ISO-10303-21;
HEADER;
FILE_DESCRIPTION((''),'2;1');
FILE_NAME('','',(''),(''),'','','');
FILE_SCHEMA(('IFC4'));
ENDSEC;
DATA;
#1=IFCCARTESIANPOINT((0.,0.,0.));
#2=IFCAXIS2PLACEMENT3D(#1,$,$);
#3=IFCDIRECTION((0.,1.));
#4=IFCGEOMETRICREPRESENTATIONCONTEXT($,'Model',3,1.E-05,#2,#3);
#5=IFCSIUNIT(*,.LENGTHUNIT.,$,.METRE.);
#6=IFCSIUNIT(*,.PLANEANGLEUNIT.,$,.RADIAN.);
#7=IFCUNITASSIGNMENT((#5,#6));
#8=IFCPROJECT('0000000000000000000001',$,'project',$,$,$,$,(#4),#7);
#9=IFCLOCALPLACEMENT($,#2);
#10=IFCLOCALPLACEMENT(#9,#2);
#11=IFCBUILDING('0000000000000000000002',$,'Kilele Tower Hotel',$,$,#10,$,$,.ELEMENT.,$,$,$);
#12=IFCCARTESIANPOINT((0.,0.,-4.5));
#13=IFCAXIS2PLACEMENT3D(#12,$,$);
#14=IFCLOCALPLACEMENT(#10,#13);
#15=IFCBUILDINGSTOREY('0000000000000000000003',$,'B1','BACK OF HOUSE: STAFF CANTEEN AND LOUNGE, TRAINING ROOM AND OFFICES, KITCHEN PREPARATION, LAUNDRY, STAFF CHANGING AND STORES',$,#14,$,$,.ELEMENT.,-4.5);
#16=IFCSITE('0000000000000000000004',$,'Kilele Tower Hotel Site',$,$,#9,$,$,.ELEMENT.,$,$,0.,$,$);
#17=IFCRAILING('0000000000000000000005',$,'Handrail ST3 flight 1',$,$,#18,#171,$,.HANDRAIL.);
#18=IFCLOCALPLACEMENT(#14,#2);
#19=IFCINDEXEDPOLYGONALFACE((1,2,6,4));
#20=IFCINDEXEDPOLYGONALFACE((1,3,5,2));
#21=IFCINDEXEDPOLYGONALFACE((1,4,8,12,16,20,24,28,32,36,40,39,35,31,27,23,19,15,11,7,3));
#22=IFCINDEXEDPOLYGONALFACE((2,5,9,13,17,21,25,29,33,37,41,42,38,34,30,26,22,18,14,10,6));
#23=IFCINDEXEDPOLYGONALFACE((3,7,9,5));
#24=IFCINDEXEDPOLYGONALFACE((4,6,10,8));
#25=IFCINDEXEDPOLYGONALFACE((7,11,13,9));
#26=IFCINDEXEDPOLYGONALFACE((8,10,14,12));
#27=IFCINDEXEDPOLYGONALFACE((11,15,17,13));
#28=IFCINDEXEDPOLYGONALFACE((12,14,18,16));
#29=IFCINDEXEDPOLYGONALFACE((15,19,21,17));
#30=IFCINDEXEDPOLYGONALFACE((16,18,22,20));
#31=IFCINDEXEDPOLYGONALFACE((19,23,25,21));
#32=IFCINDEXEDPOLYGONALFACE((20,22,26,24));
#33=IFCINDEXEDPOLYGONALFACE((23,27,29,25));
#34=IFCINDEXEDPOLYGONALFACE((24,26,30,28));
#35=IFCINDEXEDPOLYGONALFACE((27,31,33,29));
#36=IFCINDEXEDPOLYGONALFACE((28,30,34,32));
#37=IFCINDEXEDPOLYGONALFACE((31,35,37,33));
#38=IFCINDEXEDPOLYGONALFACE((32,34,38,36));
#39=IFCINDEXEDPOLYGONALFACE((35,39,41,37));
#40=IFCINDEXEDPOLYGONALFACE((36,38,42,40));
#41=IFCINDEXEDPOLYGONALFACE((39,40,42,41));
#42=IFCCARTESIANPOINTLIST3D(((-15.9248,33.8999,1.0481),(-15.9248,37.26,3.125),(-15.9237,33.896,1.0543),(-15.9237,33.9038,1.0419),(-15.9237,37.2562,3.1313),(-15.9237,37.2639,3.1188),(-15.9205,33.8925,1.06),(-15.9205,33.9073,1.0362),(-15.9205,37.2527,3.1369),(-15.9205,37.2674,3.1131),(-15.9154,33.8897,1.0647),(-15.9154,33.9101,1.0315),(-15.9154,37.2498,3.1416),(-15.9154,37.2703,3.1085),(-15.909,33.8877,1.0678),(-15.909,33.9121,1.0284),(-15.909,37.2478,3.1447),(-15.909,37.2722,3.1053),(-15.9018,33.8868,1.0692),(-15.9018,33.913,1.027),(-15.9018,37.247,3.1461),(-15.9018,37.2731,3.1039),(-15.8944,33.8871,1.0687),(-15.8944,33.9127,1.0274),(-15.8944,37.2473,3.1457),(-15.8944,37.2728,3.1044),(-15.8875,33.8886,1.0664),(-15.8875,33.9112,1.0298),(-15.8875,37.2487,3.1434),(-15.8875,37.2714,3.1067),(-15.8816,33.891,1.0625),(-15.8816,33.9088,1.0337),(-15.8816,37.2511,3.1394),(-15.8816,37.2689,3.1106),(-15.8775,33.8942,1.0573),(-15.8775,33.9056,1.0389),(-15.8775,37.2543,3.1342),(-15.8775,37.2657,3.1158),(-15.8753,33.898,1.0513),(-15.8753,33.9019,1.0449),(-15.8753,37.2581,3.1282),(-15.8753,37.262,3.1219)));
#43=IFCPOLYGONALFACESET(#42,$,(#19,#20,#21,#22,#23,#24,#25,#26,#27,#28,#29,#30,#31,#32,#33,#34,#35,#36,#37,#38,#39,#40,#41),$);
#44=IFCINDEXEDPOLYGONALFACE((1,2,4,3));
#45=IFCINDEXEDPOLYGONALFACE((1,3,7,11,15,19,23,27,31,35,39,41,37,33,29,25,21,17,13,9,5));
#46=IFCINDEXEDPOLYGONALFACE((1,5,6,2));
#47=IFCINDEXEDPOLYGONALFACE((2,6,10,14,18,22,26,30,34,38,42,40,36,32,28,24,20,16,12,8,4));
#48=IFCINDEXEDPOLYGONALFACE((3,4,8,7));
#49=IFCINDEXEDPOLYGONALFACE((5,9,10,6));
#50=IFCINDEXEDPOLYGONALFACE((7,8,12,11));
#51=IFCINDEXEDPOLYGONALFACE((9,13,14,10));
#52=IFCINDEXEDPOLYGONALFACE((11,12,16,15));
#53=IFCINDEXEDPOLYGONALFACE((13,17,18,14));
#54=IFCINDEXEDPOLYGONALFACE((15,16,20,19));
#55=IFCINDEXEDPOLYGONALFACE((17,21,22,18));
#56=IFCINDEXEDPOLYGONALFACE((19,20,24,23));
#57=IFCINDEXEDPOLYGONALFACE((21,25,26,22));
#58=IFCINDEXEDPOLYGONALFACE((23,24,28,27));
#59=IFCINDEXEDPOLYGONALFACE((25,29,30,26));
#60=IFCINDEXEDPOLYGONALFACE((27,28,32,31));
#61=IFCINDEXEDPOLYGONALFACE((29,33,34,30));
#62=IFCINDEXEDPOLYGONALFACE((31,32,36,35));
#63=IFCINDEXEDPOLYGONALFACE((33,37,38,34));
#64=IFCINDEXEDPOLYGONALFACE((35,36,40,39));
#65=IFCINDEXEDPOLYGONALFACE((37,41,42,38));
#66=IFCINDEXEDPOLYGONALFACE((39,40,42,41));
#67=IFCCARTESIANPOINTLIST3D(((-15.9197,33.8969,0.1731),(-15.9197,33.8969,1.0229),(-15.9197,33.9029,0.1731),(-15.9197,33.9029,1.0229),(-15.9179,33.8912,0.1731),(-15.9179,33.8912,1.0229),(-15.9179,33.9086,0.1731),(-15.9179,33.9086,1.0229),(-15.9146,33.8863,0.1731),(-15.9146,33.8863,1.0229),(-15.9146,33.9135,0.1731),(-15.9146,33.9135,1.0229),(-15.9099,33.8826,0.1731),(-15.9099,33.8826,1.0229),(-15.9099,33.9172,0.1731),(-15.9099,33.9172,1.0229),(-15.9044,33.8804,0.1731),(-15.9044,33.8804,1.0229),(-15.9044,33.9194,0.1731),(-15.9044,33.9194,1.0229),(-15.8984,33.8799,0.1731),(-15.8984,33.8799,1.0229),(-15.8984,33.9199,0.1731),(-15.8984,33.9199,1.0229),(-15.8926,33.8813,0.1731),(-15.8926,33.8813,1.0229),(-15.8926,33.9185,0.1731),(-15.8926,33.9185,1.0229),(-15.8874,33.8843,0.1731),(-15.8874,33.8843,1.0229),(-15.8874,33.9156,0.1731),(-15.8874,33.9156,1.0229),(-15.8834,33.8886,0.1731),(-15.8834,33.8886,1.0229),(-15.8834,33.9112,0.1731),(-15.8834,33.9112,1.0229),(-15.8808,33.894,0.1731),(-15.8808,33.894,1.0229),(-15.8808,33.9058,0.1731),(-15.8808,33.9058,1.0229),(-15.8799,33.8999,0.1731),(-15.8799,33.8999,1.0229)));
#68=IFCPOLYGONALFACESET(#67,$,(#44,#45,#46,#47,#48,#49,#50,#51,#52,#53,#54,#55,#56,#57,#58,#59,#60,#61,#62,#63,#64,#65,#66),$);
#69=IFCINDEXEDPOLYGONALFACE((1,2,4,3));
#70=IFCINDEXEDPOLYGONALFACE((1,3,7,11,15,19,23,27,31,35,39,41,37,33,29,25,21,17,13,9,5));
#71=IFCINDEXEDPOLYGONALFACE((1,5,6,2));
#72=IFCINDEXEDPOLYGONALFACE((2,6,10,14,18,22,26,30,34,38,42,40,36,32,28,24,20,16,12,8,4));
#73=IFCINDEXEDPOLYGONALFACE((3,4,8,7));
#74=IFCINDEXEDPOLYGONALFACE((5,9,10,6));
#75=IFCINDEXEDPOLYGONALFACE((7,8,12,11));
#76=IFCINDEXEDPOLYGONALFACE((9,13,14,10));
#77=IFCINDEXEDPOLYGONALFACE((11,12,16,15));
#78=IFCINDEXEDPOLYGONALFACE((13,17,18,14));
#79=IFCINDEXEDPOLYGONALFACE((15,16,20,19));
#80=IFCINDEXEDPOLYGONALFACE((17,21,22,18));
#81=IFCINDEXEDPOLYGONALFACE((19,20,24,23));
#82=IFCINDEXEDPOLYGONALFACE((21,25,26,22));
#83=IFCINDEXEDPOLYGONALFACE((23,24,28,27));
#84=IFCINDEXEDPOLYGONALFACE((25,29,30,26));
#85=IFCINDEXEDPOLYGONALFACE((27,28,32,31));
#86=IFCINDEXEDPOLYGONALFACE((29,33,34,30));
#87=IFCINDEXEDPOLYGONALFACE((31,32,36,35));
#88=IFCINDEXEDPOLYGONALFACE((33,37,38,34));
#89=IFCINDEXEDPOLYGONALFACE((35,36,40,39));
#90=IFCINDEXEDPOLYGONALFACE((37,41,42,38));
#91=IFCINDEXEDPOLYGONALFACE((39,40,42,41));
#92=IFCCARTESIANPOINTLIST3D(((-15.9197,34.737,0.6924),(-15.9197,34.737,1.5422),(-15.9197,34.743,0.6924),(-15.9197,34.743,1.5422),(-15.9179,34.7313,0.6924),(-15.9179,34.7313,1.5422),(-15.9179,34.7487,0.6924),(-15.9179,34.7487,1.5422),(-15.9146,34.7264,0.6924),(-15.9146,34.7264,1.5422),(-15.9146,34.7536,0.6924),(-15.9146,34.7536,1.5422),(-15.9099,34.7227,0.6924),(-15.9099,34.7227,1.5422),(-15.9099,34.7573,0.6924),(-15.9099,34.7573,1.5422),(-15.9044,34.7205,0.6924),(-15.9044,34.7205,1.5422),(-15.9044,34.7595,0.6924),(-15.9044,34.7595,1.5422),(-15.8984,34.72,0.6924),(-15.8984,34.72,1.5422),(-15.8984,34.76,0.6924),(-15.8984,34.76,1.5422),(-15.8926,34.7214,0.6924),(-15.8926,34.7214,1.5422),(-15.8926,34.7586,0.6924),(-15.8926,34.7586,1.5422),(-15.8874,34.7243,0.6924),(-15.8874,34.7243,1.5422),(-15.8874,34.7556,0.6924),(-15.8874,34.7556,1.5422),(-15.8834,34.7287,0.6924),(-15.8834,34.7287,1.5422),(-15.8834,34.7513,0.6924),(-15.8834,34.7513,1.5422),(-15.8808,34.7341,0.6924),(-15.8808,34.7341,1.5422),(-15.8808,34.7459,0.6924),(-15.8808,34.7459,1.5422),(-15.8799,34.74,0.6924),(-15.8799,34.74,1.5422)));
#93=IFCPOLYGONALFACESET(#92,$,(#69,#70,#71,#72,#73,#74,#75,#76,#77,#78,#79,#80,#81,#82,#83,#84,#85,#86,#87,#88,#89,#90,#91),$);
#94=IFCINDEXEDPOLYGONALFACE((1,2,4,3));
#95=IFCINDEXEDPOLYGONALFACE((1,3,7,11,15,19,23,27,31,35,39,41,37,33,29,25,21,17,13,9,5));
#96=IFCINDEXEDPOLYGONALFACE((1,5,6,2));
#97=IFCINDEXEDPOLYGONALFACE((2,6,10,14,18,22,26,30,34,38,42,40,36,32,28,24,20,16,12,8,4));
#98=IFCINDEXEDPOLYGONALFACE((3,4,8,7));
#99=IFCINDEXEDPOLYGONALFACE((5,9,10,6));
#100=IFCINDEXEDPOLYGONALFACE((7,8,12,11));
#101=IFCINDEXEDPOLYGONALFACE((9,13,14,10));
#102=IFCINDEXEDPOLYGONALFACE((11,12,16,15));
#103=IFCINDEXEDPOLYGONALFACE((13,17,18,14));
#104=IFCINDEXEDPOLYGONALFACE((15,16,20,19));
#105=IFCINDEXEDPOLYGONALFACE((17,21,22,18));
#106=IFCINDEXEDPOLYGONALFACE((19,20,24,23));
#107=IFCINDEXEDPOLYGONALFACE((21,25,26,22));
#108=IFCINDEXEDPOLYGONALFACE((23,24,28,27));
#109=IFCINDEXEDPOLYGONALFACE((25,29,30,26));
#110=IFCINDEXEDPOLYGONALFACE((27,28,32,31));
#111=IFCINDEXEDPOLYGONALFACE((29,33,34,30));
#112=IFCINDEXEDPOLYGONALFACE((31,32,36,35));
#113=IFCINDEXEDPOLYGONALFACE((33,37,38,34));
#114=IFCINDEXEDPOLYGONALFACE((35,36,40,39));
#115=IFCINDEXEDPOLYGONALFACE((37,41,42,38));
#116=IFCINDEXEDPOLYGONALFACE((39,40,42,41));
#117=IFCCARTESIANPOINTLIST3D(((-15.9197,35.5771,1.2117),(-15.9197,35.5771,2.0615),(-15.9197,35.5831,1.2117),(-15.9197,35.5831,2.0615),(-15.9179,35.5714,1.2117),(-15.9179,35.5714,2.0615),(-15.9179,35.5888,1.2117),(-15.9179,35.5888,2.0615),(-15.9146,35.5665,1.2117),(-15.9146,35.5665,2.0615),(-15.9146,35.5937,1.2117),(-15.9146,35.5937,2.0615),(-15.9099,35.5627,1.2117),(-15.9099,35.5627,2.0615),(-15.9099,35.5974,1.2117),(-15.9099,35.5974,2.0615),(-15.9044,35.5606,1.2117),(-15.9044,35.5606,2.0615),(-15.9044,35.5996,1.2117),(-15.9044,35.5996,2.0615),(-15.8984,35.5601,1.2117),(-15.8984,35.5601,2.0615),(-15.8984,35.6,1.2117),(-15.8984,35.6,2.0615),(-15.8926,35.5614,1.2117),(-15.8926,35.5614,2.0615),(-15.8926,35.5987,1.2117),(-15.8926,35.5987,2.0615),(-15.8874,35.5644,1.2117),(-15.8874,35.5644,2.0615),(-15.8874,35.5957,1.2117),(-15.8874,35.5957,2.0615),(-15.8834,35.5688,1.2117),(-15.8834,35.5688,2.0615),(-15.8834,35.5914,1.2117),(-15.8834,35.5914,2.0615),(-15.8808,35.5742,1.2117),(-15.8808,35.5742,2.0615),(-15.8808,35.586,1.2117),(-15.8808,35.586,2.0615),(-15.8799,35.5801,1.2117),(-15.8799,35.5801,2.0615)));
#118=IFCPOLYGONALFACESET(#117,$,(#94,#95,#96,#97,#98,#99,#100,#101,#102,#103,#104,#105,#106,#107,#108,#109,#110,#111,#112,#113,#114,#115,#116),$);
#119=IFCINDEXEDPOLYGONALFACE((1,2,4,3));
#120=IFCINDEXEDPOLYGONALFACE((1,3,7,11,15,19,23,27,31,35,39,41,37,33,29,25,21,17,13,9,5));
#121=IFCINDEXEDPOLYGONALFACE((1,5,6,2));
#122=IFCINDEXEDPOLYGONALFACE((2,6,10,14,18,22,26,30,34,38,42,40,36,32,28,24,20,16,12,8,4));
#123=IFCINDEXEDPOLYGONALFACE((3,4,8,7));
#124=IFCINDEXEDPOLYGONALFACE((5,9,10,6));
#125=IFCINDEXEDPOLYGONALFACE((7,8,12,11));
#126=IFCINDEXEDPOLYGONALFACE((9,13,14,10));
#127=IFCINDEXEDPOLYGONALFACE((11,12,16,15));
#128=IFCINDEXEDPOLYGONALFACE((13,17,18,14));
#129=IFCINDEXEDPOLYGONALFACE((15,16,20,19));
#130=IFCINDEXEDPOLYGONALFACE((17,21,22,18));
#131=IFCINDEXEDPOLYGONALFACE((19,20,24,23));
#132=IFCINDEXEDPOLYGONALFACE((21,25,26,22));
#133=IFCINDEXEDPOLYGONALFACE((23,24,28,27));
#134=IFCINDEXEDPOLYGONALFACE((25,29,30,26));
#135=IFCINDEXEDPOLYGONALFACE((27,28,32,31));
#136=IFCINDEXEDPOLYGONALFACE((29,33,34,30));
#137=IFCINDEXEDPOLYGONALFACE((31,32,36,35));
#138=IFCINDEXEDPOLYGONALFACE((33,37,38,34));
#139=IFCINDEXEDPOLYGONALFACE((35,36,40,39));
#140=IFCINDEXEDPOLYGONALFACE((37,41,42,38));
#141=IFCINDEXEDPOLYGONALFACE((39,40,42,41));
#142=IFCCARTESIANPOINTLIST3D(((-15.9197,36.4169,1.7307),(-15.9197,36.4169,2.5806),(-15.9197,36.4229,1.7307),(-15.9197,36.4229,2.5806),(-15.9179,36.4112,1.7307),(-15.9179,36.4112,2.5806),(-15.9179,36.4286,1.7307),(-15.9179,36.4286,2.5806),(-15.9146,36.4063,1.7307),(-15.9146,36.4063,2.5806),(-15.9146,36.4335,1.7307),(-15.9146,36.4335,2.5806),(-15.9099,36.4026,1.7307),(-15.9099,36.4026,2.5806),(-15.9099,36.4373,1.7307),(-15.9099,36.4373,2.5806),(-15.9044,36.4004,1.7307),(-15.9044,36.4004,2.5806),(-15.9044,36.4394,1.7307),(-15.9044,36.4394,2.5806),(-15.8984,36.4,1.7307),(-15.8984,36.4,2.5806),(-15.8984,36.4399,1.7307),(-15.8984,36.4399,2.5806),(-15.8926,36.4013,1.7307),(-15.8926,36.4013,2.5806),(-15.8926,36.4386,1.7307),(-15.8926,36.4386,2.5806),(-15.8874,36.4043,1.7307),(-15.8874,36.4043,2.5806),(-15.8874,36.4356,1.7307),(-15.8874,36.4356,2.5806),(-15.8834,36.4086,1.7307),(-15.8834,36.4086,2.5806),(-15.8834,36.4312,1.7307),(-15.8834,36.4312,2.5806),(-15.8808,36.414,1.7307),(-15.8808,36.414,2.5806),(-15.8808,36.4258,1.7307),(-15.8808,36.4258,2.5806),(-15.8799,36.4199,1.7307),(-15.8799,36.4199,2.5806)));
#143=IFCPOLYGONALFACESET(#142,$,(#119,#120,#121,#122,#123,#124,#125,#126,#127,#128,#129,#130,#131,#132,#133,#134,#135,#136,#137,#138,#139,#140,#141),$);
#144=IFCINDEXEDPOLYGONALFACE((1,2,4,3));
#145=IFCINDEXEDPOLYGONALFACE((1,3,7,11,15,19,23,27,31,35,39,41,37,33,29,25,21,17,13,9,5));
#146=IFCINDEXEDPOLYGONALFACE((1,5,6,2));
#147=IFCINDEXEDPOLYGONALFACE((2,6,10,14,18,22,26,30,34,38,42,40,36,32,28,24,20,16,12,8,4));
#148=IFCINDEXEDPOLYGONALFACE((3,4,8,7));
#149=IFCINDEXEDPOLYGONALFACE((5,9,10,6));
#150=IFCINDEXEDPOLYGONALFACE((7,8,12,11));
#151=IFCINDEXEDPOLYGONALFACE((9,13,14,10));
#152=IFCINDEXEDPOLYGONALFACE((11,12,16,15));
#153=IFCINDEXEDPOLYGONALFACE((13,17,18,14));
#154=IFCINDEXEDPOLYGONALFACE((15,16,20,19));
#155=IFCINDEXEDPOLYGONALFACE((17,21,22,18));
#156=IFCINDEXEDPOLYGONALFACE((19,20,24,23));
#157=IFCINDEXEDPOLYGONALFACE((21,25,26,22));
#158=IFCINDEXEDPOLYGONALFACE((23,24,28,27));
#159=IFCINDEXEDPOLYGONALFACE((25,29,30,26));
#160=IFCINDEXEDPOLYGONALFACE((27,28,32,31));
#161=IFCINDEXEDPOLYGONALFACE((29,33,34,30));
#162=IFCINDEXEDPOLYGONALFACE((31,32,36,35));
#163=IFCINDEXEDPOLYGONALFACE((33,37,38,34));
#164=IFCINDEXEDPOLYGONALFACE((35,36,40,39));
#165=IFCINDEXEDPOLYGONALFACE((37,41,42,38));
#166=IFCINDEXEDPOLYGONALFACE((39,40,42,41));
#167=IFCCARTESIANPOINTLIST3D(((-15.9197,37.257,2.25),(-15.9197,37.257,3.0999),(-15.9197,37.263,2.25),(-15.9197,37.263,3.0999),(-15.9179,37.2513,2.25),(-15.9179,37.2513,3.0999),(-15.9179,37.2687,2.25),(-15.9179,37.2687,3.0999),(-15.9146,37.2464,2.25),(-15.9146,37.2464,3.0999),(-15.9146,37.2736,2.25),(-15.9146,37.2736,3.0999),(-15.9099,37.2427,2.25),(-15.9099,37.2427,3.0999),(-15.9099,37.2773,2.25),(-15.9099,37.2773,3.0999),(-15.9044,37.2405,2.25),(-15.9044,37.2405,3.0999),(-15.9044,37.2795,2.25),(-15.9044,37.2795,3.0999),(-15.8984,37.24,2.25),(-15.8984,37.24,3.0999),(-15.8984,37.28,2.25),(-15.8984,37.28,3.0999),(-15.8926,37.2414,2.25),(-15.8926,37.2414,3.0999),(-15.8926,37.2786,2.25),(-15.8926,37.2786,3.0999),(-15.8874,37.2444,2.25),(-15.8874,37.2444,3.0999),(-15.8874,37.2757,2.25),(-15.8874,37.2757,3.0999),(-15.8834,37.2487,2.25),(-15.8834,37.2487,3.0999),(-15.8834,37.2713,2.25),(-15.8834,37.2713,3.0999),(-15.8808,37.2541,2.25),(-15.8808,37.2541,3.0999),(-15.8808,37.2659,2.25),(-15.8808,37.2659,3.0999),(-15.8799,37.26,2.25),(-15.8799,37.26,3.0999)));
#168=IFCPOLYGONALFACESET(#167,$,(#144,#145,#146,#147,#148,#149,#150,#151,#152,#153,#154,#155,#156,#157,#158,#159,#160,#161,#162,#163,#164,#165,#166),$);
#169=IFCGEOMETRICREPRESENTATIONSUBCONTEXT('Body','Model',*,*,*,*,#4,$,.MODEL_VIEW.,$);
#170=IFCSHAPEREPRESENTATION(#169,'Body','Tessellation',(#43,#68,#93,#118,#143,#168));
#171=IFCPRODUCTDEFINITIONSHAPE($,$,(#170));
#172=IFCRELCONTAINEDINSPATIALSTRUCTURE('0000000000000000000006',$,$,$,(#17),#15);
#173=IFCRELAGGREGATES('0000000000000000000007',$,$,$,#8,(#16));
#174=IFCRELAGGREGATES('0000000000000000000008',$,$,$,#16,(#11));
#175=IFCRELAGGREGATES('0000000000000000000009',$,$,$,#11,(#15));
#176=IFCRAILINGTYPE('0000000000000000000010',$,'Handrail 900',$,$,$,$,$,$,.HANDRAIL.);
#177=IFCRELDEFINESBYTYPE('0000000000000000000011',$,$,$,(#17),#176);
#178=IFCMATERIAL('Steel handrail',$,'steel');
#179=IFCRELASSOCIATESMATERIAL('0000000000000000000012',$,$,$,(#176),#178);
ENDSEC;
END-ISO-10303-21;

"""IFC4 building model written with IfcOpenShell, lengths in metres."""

from ifc_helpers import new_model, si_unit, direction, frame, origin, origin_2d, place, context, subcontext, project, spatial, circle, extrude, material, type_object, element, save


model = new_model("IFC4")

# Units and contexts
model_context = context("Model", 3, precision=1e-05, world=origin(), true_north=direction((0.0, 1.0)))
body_context = subcontext(model_context, "Body", "Model", "MODEL_VIEW")
ifc_project = project(units=[si_unit("LENGTHUNIT", "METRE"), si_unit("PLANEANGLEUNIT", "RADIAN")], contexts=[model_context])

# Site, building, storey
site_placement = place(None, origin())
site = spatial("IfcSite", under=ifc_project, at=site_placement, Name="Kilele Tower Hotel Site", CompositionType="ELEMENT", RefElevation=0.0)
building_placement = place(site_placement, origin())
building = spatial("IfcBuilding", under=site, at=building_placement, Name="Kilele Tower Hotel", CompositionType="ELEMENT")
storey_placement = place(building_placement, frame((0.0, 0.0, -4.5)))
storey = spatial("IfcBuildingStorey", under=building, at=storey_placement, Name="B1", Description="BACK OF HOUSE: STAFF CANTEEN AND LOUNGE, TRAINING ROOM AND OFFICES, KITCHEN PREPARATION, LAUNDRY, STAFF CHANGING AND STORES", CompositionType="ELEMENT", Elevation=-4.5)

# Railing
ifc_material_1 = material(Name="Steel handrail", Category="steel")
railing_type_1 = type_object("IfcRailingType", Name="Handrail 900", PredefinedType="HANDRAIL", material=ifc_material_1)
for number, where, name in (
    (1, (-15.8999, 33.8999, 0.1731), "Handrail ST3 flight 1"),
):
    element("IfcRailing", number, at=place(storey_placement, frame(where)), inside=storey, type_object=railing_type_1, Name=name, PredefinedType="HANDRAIL", context=body_context, shape_type="SweptSolid", body=[
        extrude(circle(Radius=0.0249, at=origin_2d()), frame((0.0, 0.0, 0.875), z_axis=(0.0, 0.850623, 0.525776), x_axis=(-1.0, 0.0, 0.0)), (0.0, 0.0, 1.0), 3.9502),
        extrude(circle(Radius=0.02, at=origin_2d()), origin(), (0.0, 0.0, 1.0), 0.8499),
        extrude(circle(Radius=0.02, at=origin_2d()), frame((0.0, 0.8401, 0.5193)), (0.0, 0.0, 1.0), 0.8499),
        extrude(circle(Radius=0.02, at=origin_2d()), frame((0.0, 1.6802, 1.0386)), (0.0, 0.0, 1.0), 0.8499),
        extrude(circle(Radius=0.02, at=origin_2d()), frame((0.0, 2.52, 1.5576)), (0.0, 0.0, 1.0), 0.8499),
        extrude(circle(Radius=0.02, at=origin_2d()), frame((0.0, 3.3601, 2.0769)), (0.0, 0.0, 1.0), 0.8499),
    ])

save(model, "model.ifc")
